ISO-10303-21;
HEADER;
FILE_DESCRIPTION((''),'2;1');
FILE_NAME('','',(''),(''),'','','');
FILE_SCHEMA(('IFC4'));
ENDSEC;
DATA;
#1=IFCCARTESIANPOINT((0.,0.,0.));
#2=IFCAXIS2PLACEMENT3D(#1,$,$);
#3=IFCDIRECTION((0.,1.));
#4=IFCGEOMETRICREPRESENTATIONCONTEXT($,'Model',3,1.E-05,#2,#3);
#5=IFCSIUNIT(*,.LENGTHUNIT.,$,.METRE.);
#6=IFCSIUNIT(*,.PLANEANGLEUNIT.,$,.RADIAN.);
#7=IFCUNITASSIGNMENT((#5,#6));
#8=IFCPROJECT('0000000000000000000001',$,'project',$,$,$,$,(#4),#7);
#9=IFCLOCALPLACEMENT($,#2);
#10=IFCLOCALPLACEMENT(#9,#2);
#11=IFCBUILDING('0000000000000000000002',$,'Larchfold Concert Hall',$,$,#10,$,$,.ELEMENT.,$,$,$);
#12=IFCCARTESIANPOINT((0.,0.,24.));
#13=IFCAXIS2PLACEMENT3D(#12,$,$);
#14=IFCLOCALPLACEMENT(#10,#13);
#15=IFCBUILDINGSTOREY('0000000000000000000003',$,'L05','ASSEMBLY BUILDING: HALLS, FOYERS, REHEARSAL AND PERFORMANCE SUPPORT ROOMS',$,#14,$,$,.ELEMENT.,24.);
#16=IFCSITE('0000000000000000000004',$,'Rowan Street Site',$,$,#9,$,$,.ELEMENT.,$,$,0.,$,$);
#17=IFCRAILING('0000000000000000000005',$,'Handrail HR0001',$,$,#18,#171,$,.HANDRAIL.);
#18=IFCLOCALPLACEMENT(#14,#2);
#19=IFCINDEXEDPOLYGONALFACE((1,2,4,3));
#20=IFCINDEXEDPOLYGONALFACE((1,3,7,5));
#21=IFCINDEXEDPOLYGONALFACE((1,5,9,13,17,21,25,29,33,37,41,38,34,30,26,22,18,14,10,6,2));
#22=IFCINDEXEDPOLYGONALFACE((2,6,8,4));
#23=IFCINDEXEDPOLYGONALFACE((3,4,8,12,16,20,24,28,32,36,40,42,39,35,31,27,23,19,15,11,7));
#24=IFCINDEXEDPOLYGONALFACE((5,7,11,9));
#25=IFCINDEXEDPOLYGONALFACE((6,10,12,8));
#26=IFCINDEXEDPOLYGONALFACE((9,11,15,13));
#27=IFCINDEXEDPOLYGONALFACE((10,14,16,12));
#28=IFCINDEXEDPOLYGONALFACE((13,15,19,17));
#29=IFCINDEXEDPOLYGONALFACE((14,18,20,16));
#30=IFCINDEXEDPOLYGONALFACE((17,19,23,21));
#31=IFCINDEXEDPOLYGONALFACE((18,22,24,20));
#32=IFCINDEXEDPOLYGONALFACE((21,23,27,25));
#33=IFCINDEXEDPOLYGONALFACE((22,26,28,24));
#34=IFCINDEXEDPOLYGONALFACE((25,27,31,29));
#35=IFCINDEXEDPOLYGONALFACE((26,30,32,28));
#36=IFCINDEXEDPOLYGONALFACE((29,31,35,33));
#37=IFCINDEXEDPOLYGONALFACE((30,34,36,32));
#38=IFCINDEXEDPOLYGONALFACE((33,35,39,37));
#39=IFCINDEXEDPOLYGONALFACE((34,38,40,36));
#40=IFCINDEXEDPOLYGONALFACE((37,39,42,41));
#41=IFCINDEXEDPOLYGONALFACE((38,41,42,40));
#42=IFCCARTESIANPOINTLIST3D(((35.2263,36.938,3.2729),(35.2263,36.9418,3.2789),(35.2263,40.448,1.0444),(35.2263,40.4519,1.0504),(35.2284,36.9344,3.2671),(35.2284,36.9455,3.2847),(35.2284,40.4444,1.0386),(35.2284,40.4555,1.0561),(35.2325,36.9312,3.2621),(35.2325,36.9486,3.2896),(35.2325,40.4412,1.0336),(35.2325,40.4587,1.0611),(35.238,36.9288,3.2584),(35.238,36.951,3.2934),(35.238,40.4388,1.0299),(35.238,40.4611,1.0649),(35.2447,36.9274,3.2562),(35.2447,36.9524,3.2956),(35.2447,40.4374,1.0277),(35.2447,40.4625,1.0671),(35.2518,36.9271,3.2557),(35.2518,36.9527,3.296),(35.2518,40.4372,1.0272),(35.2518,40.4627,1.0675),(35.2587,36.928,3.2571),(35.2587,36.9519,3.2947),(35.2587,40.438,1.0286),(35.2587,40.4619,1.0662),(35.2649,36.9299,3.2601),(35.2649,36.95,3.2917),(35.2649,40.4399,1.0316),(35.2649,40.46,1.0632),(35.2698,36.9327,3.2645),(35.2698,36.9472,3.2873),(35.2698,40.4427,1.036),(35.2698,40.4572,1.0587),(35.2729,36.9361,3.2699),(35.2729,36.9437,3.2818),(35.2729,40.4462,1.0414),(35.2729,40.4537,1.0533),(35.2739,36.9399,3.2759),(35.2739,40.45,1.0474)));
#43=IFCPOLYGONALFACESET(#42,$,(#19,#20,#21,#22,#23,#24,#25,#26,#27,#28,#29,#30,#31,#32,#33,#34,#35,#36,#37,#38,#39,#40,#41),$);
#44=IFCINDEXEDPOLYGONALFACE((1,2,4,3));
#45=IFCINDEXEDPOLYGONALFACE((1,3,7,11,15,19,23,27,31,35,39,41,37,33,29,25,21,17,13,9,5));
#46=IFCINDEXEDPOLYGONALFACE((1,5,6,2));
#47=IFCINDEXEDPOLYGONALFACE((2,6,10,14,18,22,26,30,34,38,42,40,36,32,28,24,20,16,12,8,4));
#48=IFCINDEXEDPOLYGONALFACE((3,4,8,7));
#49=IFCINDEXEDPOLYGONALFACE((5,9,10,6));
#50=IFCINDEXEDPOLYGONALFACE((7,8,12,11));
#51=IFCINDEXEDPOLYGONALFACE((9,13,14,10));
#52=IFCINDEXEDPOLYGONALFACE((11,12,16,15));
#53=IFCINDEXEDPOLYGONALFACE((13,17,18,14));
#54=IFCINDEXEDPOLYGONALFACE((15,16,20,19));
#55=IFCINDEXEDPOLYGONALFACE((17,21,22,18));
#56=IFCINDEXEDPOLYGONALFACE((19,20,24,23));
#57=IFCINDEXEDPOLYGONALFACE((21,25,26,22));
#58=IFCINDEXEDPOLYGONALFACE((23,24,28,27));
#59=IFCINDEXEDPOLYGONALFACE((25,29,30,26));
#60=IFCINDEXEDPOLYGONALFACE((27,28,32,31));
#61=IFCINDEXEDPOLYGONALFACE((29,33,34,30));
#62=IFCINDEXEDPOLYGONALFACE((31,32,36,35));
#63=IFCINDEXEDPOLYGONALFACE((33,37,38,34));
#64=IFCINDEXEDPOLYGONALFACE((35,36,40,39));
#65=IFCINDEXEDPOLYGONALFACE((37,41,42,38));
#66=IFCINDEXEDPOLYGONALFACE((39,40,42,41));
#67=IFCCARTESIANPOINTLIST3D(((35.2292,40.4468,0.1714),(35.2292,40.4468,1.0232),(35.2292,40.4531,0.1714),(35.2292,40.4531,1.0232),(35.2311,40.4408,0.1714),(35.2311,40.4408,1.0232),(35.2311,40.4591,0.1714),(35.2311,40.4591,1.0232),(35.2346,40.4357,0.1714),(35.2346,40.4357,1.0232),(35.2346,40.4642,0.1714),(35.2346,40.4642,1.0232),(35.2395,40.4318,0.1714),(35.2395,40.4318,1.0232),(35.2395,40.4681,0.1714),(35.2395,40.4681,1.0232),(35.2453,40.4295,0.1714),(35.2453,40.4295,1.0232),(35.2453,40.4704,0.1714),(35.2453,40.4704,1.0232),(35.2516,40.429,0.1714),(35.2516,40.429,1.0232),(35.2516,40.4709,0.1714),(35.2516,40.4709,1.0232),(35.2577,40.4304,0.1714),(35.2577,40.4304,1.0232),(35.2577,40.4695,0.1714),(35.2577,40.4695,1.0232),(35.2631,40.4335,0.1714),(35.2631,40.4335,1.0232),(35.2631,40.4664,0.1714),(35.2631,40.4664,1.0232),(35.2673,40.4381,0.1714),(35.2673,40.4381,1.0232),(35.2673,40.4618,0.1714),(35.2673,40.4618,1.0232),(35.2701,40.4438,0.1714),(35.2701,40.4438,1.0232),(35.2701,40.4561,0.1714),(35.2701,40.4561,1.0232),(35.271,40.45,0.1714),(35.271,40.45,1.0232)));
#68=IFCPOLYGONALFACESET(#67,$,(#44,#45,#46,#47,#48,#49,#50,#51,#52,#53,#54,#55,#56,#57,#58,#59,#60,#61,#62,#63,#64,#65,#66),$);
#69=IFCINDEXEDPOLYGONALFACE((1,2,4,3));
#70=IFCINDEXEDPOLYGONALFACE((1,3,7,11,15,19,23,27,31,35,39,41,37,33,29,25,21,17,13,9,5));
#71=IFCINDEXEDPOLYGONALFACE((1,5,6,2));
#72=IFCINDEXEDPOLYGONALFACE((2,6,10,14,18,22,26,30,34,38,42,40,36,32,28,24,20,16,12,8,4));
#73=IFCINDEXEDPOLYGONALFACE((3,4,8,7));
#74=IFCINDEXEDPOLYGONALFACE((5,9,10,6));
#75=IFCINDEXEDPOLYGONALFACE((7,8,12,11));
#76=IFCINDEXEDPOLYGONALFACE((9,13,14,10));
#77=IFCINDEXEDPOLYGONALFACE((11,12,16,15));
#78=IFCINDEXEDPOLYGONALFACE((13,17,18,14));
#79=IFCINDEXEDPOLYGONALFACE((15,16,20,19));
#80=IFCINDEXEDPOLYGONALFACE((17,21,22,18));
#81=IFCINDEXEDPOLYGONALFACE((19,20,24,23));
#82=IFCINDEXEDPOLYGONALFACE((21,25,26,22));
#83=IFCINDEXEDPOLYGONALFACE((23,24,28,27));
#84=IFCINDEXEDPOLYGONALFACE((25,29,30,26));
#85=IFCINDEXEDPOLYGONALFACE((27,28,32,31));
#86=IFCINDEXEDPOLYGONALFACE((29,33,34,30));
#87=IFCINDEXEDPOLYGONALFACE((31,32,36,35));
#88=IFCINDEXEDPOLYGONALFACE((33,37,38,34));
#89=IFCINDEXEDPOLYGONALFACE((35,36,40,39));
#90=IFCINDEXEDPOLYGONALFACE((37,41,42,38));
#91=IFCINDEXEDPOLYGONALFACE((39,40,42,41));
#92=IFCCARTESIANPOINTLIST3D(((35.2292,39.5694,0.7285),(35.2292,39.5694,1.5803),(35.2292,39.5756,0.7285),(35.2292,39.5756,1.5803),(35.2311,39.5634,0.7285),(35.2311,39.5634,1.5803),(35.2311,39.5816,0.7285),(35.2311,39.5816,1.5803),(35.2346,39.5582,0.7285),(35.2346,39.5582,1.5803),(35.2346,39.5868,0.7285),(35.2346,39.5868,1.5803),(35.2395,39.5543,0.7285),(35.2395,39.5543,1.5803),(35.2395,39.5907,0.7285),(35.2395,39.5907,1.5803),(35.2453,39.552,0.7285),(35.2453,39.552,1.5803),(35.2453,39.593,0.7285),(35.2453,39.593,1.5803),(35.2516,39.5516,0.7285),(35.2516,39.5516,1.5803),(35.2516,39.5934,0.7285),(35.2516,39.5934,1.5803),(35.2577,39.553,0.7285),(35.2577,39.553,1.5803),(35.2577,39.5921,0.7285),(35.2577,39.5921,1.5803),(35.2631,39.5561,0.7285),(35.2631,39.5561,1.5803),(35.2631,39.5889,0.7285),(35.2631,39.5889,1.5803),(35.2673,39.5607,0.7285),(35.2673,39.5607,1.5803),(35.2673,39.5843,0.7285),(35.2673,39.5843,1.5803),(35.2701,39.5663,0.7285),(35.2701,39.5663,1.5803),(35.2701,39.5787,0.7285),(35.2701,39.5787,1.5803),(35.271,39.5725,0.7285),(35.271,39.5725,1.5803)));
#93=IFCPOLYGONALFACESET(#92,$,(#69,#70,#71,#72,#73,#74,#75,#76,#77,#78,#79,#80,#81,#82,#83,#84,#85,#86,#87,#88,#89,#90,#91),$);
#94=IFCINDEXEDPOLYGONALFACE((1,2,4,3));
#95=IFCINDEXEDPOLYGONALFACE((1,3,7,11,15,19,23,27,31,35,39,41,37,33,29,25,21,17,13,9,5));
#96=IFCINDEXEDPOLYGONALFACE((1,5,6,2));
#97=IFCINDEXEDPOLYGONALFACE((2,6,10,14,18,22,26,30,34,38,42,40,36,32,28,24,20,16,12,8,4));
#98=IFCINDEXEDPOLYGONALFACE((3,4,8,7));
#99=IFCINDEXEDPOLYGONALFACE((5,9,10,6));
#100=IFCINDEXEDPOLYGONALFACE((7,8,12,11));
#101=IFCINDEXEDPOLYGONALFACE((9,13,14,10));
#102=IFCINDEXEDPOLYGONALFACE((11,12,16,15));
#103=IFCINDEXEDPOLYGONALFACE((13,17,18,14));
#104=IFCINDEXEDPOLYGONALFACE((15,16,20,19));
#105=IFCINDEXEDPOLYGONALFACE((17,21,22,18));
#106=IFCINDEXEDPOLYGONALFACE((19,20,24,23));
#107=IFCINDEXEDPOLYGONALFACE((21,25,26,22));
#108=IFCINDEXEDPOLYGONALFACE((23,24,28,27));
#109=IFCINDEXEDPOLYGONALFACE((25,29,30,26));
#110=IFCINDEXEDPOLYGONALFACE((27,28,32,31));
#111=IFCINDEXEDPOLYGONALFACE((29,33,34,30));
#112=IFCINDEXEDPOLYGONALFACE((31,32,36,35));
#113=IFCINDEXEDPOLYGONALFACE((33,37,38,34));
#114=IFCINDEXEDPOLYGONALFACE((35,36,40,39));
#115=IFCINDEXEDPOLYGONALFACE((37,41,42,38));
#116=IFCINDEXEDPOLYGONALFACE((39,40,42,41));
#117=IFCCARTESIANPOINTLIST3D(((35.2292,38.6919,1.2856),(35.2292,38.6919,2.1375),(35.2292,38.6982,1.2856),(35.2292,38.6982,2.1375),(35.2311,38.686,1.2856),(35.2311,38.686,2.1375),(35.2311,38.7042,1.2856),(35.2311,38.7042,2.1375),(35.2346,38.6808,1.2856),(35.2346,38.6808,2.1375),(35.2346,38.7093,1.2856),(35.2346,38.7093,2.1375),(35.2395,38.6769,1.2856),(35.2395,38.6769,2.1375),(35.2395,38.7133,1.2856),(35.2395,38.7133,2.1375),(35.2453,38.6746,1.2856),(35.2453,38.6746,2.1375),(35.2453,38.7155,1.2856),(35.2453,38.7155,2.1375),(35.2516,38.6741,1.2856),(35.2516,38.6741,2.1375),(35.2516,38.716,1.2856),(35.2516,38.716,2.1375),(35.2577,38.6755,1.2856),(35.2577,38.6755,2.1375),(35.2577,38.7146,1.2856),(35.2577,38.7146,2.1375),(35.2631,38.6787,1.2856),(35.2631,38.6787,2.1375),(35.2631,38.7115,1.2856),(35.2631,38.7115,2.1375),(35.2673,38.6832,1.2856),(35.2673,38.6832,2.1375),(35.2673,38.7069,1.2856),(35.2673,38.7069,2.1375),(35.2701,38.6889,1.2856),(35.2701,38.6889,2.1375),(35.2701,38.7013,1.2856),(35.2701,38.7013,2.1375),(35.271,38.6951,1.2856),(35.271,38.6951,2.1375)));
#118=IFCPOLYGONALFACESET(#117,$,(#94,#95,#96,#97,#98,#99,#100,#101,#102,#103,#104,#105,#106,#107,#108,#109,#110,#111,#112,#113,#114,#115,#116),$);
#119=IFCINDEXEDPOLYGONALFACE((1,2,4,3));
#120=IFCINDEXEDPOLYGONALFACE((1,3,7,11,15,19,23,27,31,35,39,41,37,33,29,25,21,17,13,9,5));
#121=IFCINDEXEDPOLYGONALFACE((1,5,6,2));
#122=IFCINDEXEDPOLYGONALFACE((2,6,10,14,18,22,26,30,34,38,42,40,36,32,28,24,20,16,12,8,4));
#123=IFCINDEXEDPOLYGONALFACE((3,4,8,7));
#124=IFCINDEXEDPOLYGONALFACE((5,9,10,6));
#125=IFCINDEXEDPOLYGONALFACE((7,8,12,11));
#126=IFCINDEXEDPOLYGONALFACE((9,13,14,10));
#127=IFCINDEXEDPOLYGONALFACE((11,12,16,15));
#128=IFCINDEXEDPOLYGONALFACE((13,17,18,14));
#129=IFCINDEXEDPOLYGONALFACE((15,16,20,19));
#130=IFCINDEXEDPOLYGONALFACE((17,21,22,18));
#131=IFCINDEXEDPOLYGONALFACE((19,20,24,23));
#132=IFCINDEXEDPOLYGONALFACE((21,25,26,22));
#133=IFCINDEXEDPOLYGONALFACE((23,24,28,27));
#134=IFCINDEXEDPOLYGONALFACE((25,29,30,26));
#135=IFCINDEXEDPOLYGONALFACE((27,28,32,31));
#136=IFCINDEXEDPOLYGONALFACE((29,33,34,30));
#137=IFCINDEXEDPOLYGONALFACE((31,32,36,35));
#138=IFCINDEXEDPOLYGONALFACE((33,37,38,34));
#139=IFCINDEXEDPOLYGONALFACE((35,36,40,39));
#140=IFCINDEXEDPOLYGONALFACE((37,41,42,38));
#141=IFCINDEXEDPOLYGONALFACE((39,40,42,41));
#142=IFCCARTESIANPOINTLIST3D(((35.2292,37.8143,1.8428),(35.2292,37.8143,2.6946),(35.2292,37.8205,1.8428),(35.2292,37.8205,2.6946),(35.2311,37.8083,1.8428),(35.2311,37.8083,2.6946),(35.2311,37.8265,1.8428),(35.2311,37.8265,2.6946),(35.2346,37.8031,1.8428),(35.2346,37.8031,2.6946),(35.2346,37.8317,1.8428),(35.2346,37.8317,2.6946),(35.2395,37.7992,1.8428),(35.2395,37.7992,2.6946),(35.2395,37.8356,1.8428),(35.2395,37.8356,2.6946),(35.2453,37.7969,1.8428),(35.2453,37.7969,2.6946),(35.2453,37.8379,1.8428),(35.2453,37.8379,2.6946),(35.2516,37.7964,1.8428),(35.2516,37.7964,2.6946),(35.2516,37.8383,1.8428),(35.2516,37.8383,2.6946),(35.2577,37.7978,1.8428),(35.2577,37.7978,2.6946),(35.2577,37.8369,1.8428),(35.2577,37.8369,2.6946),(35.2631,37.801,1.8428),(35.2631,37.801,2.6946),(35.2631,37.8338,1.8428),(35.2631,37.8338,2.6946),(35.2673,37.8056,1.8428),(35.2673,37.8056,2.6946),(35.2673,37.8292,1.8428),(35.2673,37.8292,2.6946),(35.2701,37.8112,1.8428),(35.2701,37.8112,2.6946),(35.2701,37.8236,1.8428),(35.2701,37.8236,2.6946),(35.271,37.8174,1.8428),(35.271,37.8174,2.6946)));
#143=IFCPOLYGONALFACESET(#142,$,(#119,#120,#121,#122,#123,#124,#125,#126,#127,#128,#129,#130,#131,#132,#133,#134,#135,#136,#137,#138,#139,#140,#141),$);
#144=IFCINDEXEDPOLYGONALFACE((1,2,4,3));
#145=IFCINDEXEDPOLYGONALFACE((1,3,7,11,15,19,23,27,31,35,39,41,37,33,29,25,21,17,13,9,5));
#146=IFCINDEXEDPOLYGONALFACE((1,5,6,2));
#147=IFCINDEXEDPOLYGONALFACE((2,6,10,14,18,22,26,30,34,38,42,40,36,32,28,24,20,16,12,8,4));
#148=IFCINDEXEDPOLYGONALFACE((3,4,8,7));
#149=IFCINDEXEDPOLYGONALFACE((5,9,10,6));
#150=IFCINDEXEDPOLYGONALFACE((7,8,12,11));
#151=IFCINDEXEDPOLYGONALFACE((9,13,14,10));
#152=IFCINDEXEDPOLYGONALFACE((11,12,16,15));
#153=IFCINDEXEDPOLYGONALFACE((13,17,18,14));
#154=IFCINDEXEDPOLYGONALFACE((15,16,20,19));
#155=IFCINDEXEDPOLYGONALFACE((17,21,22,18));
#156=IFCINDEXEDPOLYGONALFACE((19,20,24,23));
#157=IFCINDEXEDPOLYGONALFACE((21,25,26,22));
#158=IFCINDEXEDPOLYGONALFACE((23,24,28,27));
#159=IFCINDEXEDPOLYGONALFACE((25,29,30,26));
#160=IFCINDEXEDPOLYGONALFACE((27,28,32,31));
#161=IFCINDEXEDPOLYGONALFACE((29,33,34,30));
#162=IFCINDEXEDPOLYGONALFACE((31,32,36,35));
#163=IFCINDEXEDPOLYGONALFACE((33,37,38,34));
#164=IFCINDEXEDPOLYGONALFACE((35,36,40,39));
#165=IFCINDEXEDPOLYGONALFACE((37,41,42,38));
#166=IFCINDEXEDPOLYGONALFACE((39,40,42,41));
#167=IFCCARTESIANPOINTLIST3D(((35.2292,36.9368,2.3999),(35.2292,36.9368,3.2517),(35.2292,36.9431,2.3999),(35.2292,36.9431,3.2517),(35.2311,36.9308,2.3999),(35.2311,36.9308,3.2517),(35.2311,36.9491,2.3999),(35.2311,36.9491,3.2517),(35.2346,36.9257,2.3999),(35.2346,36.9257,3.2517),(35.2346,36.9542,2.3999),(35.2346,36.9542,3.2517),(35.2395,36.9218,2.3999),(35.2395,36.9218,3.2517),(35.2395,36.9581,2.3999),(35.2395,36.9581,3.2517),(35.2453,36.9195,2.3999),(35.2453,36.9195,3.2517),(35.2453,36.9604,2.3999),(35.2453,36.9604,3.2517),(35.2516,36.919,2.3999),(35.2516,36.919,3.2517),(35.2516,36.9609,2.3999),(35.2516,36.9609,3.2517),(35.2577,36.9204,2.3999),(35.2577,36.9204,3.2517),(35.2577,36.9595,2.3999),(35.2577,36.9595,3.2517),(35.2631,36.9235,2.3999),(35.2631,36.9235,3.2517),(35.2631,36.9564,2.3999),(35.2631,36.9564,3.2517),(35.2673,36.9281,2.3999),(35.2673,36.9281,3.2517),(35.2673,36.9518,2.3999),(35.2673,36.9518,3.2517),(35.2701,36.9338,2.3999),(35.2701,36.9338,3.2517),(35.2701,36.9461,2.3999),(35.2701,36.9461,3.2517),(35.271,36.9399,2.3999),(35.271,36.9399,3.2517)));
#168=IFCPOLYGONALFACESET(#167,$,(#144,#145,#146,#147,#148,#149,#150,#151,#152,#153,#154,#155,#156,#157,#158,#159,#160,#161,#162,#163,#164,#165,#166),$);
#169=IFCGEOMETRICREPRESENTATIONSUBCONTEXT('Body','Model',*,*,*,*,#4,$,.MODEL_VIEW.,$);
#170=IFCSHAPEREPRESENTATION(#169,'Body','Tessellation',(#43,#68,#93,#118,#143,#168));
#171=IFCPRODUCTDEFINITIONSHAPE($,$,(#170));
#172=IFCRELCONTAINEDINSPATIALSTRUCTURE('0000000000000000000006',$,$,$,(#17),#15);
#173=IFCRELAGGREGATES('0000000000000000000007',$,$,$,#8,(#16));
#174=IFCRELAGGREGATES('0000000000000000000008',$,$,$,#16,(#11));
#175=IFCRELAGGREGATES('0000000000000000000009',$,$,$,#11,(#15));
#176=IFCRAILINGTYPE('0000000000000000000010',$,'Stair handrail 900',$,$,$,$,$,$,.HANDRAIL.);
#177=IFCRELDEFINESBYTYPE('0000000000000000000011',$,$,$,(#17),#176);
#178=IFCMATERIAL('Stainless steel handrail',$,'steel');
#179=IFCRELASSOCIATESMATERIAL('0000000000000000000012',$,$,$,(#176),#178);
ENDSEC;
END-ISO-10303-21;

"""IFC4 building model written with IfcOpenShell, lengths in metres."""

from ifc_helpers import new_model, si_unit, direction, frame, origin, origin_2d, place, context, subcontext, project, spatial, circle, extrude, material, type_object, element, save


model = new_model("IFC4")

# Units and contexts
model_context = context("Model", 3, precision=1e-05, world=origin(), true_north=direction((0.0, 1.0)))
body_context = subcontext(model_context, "Body", "Model", "MODEL_VIEW")
ifc_project = project(units=[si_unit("LENGTHUNIT", "METRE"), si_unit("PLANEANGLEUNIT", "RADIAN")], contexts=[model_context])

# Site, building, storey
site_placement = place(None, origin())
site = spatial("IfcSite", under=ifc_project, at=site_placement, Name="Rowan Street Site", CompositionType="ELEMENT", RefElevation=0.0)
building_placement = place(site_placement, origin())
building = spatial("IfcBuilding", under=site, at=building_placement, Name="Larchfold Concert Hall", CompositionType="ELEMENT")
storey_placement = place(building_placement, frame((0.0, 0.0, 24.0)))
storey = spatial("IfcBuildingStorey", under=building, at=storey_placement, Name="L05", Description="ASSEMBLY BUILDING: HALLS, FOYERS, REHEARSAL AND PERFORMANCE SUPPORT ROOMS", CompositionType="ELEMENT", Elevation=24.0)

# Railing
ifc_material_1 = material(Name="Stainless steel handrail", Category="steel")
railing_type_1 = type_object("IfcRailingType", Name="Stair handrail 900", PredefinedType="HANDRAIL", material=ifc_material_1)
railing_1_placement = place(storey_placement, frame((35.25, 40.45, 0.1714)))
element("IfcRailing", 1, at=railing_1_placement, inside=storey, type_object=railing_type_1, Name="Handrail HR0001", PredefinedType="HANDRAIL", context=body_context, shape_type="SweptSolid", body=[
    extrude(circle(Radius=0.0239, at=origin_2d()), frame((0.0, 0.0, 0.876), z_axis=(0.0, -0.84422, 0.535998), x_axis=(1.0, 0.0, 0.0)), (0.0, 0.0, 1.0), 4.1577),
    extrude(circle(Radius=0.021, at=origin_2d()), origin(), (0.0, 0.0, 1.0), 0.8518),
    extrude(circle(Radius=0.021, at=origin_2d()), frame((0.0, -0.8774, 0.5571)), (0.0, 0.0, 1.0), 0.8518),
    extrude(circle(Radius=0.021, at=origin_2d()), frame((0.0, -1.7549, 1.1143)), (0.0, 0.0, 1.0), 0.8518),
    extrude(circle(Radius=0.021, at=origin_2d()), frame((0.0, -2.6326, 1.6714)), (0.0, 0.0, 1.0), 0.8518),
    extrude(circle(Radius=0.021, at=origin_2d()), frame((0.0, -3.51, 2.2285)), (0.0, 0.0, 1.0), 0.8518),
])

save(model, "model.ifc")
